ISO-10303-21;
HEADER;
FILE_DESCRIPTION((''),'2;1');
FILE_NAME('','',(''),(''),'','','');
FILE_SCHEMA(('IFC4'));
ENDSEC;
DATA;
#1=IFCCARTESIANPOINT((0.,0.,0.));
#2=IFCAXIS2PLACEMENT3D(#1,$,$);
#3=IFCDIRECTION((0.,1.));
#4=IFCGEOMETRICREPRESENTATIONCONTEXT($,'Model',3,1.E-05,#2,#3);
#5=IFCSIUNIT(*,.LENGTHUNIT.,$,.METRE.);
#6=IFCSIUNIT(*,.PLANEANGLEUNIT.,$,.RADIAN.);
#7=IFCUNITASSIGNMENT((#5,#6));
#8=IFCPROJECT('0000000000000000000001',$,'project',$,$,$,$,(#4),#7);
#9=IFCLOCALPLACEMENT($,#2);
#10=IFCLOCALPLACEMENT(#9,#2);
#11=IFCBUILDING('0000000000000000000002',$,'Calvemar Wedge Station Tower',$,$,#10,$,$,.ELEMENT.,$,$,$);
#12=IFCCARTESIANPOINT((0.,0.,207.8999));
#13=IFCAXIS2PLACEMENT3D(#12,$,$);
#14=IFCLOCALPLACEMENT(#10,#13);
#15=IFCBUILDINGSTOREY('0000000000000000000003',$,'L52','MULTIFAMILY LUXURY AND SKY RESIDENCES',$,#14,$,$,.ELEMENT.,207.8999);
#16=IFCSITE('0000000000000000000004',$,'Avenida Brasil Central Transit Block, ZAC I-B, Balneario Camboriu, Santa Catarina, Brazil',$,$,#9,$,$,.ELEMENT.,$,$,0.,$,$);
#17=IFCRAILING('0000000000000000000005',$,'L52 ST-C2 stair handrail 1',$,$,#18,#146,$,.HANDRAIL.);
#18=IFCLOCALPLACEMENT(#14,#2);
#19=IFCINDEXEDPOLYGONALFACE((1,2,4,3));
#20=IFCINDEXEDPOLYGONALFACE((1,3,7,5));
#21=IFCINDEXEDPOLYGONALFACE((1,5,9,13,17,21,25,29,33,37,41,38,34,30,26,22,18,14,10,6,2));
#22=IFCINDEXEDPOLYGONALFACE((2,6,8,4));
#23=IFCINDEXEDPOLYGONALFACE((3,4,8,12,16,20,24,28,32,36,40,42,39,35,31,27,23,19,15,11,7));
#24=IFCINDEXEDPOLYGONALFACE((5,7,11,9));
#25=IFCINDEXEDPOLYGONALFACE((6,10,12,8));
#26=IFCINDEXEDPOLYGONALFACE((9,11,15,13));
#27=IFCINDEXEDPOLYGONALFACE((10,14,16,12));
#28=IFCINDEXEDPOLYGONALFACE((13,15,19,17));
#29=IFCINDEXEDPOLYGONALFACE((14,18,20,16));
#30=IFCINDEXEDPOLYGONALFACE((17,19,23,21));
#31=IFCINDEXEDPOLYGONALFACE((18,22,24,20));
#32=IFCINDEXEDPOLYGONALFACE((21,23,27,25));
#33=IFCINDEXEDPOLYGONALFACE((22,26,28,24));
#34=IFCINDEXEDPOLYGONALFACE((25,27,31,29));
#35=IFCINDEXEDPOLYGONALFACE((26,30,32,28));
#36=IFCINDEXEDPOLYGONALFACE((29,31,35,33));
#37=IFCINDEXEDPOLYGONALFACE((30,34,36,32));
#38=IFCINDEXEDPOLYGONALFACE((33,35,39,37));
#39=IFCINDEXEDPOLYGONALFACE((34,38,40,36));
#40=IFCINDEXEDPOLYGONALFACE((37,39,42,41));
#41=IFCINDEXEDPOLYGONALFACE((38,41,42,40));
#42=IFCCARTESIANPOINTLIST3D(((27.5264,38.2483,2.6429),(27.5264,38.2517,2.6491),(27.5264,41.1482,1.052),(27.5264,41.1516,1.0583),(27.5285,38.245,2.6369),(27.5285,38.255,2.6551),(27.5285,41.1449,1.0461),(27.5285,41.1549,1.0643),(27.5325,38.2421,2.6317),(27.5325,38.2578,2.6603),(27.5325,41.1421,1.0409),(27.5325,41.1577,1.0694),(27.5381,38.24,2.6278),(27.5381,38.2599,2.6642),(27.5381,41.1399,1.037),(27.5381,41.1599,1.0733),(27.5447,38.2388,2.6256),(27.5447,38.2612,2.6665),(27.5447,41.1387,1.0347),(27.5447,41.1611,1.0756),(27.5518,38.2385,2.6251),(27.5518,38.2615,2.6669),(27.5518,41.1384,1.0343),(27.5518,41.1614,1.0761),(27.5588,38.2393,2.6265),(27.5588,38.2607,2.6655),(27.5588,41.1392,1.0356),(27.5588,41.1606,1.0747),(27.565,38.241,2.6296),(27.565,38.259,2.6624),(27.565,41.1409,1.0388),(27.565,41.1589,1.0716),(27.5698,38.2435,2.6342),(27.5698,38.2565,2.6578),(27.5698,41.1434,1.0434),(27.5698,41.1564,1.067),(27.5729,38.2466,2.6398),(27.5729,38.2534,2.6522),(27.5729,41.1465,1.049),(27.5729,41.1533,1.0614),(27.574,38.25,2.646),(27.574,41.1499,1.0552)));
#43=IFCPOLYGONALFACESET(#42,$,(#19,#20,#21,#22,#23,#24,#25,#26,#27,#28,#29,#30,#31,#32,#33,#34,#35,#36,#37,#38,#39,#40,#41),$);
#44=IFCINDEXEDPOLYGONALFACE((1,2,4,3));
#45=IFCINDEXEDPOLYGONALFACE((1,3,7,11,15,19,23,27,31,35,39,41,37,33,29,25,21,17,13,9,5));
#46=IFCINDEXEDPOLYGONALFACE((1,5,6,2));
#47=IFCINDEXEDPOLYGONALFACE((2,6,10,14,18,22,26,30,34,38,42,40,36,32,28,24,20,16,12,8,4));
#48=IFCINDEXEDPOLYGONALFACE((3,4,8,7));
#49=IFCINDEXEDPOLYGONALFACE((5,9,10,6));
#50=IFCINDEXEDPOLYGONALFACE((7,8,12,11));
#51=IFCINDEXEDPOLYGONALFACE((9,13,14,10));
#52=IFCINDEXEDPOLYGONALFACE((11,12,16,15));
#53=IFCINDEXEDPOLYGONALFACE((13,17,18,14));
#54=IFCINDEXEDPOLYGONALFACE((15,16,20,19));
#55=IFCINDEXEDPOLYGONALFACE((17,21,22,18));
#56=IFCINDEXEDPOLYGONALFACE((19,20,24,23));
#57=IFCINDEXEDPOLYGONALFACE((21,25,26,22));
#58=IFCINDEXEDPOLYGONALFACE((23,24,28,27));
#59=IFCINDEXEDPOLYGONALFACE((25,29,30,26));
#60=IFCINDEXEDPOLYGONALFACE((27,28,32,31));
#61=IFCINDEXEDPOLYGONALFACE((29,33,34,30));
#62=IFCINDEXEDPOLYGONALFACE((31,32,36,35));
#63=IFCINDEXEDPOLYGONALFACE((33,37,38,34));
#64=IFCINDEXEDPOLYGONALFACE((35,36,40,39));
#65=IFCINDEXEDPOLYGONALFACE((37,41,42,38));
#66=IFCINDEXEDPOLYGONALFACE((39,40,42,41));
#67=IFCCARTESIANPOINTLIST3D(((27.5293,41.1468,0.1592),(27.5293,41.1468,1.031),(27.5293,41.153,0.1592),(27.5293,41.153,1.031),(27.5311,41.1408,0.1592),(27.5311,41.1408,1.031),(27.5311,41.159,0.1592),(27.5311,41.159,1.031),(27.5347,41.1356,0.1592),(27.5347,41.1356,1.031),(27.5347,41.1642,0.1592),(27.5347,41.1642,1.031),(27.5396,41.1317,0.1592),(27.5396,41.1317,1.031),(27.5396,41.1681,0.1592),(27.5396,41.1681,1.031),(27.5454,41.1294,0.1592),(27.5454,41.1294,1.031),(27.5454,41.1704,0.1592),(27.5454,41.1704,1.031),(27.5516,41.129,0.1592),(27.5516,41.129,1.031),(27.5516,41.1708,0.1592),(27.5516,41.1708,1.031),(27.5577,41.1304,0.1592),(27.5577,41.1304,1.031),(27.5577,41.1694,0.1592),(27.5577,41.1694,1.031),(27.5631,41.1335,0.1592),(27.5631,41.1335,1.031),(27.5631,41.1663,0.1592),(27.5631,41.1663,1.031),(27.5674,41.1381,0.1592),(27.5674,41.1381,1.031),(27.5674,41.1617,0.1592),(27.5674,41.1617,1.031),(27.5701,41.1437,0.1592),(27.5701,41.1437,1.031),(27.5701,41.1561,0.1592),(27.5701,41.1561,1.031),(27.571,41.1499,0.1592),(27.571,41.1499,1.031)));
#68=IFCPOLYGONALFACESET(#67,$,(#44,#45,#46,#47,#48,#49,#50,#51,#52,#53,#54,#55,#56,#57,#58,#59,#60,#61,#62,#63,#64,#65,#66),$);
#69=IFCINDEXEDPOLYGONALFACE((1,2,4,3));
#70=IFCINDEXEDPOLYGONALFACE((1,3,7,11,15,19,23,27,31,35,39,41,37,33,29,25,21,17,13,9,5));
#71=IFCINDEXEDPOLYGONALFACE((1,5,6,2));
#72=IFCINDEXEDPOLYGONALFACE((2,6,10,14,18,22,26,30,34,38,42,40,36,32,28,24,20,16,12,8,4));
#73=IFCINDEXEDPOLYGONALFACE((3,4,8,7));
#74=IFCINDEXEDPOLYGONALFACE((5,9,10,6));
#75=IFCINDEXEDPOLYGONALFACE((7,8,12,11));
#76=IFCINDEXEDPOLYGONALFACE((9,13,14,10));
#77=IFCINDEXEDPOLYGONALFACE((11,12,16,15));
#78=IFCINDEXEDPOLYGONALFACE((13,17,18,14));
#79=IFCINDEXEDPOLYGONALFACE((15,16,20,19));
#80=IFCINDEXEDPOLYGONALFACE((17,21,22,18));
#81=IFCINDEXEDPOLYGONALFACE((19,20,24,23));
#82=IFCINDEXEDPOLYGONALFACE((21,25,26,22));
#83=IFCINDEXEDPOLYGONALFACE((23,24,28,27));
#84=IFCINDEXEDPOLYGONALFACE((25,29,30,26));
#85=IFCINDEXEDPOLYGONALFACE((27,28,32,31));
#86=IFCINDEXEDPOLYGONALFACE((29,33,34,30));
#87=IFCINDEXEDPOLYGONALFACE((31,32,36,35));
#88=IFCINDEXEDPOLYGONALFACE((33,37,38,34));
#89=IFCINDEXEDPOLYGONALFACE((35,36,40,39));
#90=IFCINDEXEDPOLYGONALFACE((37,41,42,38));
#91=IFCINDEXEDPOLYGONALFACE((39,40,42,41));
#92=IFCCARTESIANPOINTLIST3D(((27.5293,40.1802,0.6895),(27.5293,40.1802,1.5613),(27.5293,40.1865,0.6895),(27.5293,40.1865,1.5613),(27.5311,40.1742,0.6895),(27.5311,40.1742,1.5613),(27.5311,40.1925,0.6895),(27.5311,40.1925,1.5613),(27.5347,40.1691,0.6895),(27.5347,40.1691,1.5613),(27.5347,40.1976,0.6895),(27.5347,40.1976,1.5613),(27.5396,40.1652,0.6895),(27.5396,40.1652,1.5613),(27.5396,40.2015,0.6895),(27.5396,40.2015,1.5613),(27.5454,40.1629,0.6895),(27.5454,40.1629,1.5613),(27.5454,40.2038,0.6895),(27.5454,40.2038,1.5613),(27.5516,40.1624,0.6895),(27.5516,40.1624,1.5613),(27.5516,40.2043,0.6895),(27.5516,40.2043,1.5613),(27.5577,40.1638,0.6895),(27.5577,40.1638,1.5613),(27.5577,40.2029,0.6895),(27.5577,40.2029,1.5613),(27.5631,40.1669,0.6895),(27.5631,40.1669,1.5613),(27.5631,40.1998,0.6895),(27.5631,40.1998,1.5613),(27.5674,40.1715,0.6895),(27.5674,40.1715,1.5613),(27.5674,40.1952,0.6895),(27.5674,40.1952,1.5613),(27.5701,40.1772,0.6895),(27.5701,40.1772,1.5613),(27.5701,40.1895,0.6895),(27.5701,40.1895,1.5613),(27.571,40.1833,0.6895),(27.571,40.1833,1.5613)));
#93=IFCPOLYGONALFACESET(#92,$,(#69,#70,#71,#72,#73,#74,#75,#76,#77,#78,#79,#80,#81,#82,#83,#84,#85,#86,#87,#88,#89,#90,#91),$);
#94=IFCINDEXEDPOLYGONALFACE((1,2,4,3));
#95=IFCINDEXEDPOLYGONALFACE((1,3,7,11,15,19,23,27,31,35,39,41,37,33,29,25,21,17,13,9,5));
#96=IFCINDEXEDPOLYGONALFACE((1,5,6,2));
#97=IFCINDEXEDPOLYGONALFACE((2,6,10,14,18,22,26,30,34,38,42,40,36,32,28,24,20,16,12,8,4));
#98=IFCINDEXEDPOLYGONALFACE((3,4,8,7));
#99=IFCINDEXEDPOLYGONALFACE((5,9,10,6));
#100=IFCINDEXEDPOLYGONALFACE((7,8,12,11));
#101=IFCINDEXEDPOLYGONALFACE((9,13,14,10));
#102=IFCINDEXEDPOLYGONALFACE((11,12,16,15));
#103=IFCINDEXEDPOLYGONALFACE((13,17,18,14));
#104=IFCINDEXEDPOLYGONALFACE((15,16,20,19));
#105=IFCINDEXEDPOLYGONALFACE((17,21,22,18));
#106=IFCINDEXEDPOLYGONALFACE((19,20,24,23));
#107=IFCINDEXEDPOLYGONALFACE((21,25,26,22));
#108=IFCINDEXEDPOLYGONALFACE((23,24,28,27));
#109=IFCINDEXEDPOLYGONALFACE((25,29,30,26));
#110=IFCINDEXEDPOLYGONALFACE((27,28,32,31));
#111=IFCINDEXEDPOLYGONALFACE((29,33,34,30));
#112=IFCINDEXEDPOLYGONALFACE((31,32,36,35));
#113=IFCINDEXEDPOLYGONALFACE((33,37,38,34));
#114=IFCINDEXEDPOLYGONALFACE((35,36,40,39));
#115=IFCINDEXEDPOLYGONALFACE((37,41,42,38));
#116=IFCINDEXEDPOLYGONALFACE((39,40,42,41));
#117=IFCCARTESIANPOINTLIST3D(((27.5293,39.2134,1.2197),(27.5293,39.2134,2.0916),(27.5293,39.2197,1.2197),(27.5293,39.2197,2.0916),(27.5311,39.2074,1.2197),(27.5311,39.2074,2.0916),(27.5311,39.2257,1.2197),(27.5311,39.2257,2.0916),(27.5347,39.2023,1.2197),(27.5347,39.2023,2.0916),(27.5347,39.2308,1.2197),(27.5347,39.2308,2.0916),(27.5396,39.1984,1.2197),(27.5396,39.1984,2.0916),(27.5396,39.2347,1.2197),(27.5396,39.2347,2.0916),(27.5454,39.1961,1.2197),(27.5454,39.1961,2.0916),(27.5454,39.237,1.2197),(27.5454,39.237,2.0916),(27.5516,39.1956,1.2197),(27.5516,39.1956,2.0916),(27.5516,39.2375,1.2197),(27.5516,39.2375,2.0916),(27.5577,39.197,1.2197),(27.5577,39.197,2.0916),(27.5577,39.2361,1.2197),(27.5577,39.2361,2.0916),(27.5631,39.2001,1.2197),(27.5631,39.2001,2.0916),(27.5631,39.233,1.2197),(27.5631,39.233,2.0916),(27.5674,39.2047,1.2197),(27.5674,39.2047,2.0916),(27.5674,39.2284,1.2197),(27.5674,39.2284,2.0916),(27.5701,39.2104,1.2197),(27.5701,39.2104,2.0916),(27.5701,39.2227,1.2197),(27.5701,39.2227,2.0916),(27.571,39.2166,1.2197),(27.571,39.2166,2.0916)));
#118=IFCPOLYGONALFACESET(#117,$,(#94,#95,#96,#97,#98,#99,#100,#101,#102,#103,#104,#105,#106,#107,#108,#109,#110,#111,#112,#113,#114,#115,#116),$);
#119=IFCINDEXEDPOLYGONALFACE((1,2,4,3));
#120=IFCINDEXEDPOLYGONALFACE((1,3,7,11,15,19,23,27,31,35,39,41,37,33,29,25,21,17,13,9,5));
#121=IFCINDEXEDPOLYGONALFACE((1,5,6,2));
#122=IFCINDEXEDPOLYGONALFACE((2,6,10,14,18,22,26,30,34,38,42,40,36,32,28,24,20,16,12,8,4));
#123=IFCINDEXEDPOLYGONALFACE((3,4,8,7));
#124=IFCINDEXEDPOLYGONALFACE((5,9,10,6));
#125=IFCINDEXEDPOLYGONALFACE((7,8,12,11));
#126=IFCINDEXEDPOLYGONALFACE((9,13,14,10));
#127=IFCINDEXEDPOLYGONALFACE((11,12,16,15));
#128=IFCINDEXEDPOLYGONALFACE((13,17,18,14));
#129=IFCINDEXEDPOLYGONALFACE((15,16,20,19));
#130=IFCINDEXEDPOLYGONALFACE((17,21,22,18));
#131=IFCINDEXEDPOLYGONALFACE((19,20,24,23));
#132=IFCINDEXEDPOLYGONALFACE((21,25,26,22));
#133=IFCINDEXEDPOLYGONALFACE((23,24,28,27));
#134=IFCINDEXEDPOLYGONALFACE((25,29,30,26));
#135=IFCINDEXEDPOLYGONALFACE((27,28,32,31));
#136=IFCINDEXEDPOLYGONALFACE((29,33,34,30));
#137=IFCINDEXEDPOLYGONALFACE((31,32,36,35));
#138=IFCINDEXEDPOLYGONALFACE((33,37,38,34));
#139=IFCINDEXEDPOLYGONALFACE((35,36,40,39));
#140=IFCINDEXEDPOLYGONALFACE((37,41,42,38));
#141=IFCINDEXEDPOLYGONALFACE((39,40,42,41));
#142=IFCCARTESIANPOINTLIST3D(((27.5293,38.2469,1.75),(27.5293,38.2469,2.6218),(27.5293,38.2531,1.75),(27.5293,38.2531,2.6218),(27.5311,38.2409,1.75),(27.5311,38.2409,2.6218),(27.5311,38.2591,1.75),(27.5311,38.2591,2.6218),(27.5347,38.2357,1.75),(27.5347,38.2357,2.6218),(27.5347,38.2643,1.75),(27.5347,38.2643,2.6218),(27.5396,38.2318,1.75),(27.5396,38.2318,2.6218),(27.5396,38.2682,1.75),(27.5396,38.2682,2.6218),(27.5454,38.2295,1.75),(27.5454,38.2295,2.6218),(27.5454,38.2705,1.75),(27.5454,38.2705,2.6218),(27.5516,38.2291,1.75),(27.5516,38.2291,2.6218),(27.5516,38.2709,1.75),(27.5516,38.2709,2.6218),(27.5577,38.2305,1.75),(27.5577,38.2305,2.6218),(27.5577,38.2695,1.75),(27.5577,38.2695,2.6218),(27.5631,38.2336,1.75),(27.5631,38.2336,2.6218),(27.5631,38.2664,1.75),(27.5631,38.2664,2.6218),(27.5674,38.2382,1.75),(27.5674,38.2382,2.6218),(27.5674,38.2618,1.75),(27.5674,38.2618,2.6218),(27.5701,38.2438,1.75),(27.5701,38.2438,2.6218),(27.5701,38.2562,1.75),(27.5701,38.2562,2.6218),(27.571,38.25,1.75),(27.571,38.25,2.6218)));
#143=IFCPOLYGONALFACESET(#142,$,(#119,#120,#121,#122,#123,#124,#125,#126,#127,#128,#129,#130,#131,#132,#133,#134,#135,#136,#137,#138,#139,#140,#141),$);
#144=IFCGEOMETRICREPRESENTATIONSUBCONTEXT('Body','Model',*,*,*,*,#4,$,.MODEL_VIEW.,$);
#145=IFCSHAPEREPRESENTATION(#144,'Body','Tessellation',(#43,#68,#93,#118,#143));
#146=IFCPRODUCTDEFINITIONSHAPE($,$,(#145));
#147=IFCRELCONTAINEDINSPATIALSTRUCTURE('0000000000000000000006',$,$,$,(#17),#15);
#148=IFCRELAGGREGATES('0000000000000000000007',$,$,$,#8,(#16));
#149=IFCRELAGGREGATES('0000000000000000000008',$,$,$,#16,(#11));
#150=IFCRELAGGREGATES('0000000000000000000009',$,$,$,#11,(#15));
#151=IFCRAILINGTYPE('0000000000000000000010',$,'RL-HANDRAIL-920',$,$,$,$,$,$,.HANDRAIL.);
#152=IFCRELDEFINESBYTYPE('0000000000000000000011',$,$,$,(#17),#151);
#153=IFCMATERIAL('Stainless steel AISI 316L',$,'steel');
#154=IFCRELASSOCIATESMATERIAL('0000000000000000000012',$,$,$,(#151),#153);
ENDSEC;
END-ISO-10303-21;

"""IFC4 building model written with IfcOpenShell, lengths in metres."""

from ifc_helpers import new_model, si_unit, direction, frame, origin, origin_2d, place, context, subcontext, project, spatial, circle, extrude, material, type_object, element, save


model = new_model("IFC4")

# Units and contexts
model_context = context("Model", 3, precision=1e-05, world=origin(), true_north=direction((0.0, 1.0)))
body_context = subcontext(model_context, "Body", "Model", "MODEL_VIEW")
ifc_project = project(units=[si_unit("LENGTHUNIT", "METRE"), si_unit("PLANEANGLEUNIT", "RADIAN")], contexts=[model_context])

# Site, building, storey
site_placement = place(None, origin())
site = spatial("IfcSite", under=ifc_project, at=site_placement, Name="Avenida Brasil Central Transit Block, ZAC I-B, Balneario Camboriu, Santa Catarina, Brazil", CompositionType="ELEMENT", RefElevation=0.0)
building_placement = place(site_placement, origin())
building = spatial("IfcBuilding", under=site, at=building_placement, Name="Calvemar Wedge Station Tower", CompositionType="ELEMENT")
storey_placement = place(building_placement, frame((0.0, 0.0, 207.8999)))
storey = spatial("IfcBuildingStorey", under=building, at=storey_placement, Name="L52", Description="MULTIFAMILY LUXURY AND SKY RESIDENCES", CompositionType="ELEMENT", Elevation=207.8999)

# Railing
ifc_material_1 = material(Name="Stainless steel AISI 316L", Category="steel")
railing_type_1 = type_object("IfcRailingType", Name="RL-HANDRAIL-920", PredefinedType="HANDRAIL", material=ifc_material_1)
railing_1_placement = place(storey_placement, frame((27.55, 41.1499, 0.1592)))
element("IfcRailing", 1, at=railing_1_placement, inside=storey, type_object=railing_type_1, Name="L52 ST-C2 stair handrail 1", PredefinedType="HANDRAIL", context=body_context, shape_type="SweptSolid", body=[
    extrude(circle(Radius=0.0239, at=origin_2d()), frame((0.0, 0.0, 0.896), z_axis=(0.0, -0.876742, 0.480961), x_axis=(1.0, 0.0, 0.0)), (0.0, 0.0, 1.0), 3.3076),
    extrude(circle(Radius=0.021, at=origin_2d()), origin(), (0.0, 0.0, 1.0), 0.8718),
    extrude(circle(Radius=0.021, at=origin_2d()), frame((0.0, -0.9666, 0.5303)), (0.0, 0.0, 1.0), 0.8718),
    extrude(circle(Radius=0.021, at=origin_2d()), frame((0.0, -1.9333, 1.0605)), (0.0, 0.0, 1.0), 0.8718),
    extrude(circle(Radius=0.021, at=origin_2d()), frame((0.0, -2.8999, 1.5908)), (0.0, 0.0, 1.0), 0.8718),
])

save(model, "model.ifc")
